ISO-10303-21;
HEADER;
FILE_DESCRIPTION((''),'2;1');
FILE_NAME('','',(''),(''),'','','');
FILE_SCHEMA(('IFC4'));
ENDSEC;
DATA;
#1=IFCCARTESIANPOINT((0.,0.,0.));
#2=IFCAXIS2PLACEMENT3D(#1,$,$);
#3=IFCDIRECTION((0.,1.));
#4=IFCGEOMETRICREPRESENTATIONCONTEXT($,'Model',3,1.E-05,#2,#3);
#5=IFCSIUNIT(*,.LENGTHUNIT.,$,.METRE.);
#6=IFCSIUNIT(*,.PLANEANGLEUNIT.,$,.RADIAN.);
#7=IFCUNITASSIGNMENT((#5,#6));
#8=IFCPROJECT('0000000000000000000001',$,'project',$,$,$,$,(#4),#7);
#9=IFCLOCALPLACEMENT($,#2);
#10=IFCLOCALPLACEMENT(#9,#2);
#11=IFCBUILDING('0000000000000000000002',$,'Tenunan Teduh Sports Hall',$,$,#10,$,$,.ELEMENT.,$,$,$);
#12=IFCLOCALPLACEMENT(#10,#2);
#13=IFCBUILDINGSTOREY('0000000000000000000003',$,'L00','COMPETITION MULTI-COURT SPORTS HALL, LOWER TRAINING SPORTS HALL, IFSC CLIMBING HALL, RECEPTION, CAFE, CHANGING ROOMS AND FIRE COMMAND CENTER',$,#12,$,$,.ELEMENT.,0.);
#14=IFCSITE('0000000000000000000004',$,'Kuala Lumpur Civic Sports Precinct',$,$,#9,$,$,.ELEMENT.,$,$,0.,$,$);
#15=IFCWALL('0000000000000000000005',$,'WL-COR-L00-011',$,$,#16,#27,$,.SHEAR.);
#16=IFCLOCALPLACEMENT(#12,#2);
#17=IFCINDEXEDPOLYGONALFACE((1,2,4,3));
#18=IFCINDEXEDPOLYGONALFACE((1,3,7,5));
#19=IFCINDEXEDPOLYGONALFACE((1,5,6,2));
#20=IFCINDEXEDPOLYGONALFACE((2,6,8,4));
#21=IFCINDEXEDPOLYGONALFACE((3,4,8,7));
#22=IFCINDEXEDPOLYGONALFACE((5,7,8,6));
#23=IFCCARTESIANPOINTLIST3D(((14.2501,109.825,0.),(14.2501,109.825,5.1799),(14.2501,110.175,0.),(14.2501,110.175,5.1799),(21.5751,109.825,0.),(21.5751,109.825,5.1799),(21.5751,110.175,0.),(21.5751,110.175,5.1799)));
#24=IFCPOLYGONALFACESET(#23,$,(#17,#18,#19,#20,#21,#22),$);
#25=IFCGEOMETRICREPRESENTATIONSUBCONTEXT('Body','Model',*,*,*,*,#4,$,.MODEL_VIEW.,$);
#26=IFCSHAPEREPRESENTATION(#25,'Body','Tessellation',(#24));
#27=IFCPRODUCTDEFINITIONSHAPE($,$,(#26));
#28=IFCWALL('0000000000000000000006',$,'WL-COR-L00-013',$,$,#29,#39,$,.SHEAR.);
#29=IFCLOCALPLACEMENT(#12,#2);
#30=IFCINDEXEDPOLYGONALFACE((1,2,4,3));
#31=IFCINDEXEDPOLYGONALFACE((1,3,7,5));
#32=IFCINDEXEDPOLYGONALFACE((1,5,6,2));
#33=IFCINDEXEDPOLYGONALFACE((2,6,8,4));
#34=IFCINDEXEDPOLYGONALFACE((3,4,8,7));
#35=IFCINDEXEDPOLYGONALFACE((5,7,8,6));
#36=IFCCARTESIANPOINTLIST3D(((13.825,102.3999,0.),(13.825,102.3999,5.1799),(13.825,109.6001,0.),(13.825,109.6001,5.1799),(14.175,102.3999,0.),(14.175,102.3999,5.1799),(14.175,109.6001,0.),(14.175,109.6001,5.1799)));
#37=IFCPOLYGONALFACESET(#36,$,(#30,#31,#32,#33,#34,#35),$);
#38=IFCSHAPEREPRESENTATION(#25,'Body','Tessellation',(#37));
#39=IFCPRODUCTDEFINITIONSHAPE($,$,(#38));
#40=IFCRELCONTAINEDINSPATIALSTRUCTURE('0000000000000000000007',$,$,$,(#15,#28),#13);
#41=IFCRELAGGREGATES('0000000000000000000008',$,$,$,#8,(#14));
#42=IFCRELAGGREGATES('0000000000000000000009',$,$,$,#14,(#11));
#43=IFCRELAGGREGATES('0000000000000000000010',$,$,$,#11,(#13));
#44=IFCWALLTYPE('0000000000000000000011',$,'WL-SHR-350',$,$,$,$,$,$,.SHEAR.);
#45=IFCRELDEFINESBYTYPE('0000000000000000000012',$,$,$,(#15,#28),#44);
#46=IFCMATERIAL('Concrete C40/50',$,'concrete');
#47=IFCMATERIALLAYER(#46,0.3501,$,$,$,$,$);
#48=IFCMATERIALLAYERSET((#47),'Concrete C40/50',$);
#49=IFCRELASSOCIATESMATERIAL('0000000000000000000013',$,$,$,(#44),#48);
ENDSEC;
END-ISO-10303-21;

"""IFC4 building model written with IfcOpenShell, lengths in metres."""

from ifc_helpers import new_model, si_unit, direction, frame, frame_2d, origin, place, context, subcontext, project, spatial, rectangle, extrude, material, layer, layer_set, type_object, element, save


model = new_model("IFC4")

# Units and contexts
model_context = context("Model", 3, precision=1e-05, world=origin(), true_north=direction((0.0, 1.0)))
body_context = subcontext(model_context, "Body", "Model", "MODEL_VIEW")
ifc_project = project(units=[si_unit("LENGTHUNIT", "METRE"), si_unit("PLANEANGLEUNIT", "RADIAN")], contexts=[model_context])

# Site, building, storey
site_placement = place(None, origin())
site = spatial("IfcSite", under=ifc_project, at=site_placement, Name="Kuala Lumpur Civic Sports Precinct", CompositionType="ELEMENT", RefElevation=0.0)
building_placement = place(site_placement, origin())
building = spatial("IfcBuilding", under=site, at=building_placement, Name="Tenunan Teduh Sports Hall", CompositionType="ELEMENT")
storey_placement = place(building_placement, origin())
storey = spatial("IfcBuildingStorey", under=building, at=storey_placement, Name="L00", Description="COMPETITION MULTI-COURT SPORTS HALL, LOWER TRAINING SPORTS HALL, IFSC CLIMBING HALL, RECEPTION, CAFE, CHANGING ROOMS AND FIRE COMMAND CENTER", CompositionType="ELEMENT", Elevation=0.0)

# Walls
ifc_material_1 = material(Name="Concrete C40/50", Category="concrete")
ifc_layer_1 = layer(ifc_material_1, 0.3501)
ifc_layer_set_1 = layer_set([ifc_layer_1], Name="Concrete C40/50")
wall_type_1 = type_object("IfcWallType", Name="WL-SHR-350", PredefinedType="SHEAR", material=ifc_layer_set_1)
wall_1_placement = place(storey_placement, frame((14.25, 110.0, 0.0), z_axis=(0.0, 0.0, 1.0), x_axis=(1.0, 0.0, 0.0)))
element("IfcWall", 1, at=wall_1_placement, inside=storey, type_object=wall_type_1, Name="WL-COR-L00-011", PredefinedType="SHEAR", context=body_context, shape_type="SweptSolid", body=[
    extrude(rectangle(XDim=7.325, YDim=0.3501, at=frame_2d((3.6626, 0.0))), origin(), (0.0, 0.0, 1.0), 5.1799),
])
wall_2_placement = place(storey_placement, frame((14.0, 102.3999, 0.0), z_axis=(0.0, 0.0, 1.0), x_axis=(0.0, 1.0, 0.0)))
element("IfcWall", 2, at=wall_2_placement, inside=storey, type_object=wall_type_1, Name="WL-COR-L00-013", PredefinedType="SHEAR", context=body_context, shape_type="SweptSolid", body=[
    extrude(rectangle(XDim=7.2002, YDim=0.3501, at=frame_2d((3.6001, 0.0))), origin(), (0.0, 0.0, 1.0), 5.1799),
])

save(model, "model.ifc")
